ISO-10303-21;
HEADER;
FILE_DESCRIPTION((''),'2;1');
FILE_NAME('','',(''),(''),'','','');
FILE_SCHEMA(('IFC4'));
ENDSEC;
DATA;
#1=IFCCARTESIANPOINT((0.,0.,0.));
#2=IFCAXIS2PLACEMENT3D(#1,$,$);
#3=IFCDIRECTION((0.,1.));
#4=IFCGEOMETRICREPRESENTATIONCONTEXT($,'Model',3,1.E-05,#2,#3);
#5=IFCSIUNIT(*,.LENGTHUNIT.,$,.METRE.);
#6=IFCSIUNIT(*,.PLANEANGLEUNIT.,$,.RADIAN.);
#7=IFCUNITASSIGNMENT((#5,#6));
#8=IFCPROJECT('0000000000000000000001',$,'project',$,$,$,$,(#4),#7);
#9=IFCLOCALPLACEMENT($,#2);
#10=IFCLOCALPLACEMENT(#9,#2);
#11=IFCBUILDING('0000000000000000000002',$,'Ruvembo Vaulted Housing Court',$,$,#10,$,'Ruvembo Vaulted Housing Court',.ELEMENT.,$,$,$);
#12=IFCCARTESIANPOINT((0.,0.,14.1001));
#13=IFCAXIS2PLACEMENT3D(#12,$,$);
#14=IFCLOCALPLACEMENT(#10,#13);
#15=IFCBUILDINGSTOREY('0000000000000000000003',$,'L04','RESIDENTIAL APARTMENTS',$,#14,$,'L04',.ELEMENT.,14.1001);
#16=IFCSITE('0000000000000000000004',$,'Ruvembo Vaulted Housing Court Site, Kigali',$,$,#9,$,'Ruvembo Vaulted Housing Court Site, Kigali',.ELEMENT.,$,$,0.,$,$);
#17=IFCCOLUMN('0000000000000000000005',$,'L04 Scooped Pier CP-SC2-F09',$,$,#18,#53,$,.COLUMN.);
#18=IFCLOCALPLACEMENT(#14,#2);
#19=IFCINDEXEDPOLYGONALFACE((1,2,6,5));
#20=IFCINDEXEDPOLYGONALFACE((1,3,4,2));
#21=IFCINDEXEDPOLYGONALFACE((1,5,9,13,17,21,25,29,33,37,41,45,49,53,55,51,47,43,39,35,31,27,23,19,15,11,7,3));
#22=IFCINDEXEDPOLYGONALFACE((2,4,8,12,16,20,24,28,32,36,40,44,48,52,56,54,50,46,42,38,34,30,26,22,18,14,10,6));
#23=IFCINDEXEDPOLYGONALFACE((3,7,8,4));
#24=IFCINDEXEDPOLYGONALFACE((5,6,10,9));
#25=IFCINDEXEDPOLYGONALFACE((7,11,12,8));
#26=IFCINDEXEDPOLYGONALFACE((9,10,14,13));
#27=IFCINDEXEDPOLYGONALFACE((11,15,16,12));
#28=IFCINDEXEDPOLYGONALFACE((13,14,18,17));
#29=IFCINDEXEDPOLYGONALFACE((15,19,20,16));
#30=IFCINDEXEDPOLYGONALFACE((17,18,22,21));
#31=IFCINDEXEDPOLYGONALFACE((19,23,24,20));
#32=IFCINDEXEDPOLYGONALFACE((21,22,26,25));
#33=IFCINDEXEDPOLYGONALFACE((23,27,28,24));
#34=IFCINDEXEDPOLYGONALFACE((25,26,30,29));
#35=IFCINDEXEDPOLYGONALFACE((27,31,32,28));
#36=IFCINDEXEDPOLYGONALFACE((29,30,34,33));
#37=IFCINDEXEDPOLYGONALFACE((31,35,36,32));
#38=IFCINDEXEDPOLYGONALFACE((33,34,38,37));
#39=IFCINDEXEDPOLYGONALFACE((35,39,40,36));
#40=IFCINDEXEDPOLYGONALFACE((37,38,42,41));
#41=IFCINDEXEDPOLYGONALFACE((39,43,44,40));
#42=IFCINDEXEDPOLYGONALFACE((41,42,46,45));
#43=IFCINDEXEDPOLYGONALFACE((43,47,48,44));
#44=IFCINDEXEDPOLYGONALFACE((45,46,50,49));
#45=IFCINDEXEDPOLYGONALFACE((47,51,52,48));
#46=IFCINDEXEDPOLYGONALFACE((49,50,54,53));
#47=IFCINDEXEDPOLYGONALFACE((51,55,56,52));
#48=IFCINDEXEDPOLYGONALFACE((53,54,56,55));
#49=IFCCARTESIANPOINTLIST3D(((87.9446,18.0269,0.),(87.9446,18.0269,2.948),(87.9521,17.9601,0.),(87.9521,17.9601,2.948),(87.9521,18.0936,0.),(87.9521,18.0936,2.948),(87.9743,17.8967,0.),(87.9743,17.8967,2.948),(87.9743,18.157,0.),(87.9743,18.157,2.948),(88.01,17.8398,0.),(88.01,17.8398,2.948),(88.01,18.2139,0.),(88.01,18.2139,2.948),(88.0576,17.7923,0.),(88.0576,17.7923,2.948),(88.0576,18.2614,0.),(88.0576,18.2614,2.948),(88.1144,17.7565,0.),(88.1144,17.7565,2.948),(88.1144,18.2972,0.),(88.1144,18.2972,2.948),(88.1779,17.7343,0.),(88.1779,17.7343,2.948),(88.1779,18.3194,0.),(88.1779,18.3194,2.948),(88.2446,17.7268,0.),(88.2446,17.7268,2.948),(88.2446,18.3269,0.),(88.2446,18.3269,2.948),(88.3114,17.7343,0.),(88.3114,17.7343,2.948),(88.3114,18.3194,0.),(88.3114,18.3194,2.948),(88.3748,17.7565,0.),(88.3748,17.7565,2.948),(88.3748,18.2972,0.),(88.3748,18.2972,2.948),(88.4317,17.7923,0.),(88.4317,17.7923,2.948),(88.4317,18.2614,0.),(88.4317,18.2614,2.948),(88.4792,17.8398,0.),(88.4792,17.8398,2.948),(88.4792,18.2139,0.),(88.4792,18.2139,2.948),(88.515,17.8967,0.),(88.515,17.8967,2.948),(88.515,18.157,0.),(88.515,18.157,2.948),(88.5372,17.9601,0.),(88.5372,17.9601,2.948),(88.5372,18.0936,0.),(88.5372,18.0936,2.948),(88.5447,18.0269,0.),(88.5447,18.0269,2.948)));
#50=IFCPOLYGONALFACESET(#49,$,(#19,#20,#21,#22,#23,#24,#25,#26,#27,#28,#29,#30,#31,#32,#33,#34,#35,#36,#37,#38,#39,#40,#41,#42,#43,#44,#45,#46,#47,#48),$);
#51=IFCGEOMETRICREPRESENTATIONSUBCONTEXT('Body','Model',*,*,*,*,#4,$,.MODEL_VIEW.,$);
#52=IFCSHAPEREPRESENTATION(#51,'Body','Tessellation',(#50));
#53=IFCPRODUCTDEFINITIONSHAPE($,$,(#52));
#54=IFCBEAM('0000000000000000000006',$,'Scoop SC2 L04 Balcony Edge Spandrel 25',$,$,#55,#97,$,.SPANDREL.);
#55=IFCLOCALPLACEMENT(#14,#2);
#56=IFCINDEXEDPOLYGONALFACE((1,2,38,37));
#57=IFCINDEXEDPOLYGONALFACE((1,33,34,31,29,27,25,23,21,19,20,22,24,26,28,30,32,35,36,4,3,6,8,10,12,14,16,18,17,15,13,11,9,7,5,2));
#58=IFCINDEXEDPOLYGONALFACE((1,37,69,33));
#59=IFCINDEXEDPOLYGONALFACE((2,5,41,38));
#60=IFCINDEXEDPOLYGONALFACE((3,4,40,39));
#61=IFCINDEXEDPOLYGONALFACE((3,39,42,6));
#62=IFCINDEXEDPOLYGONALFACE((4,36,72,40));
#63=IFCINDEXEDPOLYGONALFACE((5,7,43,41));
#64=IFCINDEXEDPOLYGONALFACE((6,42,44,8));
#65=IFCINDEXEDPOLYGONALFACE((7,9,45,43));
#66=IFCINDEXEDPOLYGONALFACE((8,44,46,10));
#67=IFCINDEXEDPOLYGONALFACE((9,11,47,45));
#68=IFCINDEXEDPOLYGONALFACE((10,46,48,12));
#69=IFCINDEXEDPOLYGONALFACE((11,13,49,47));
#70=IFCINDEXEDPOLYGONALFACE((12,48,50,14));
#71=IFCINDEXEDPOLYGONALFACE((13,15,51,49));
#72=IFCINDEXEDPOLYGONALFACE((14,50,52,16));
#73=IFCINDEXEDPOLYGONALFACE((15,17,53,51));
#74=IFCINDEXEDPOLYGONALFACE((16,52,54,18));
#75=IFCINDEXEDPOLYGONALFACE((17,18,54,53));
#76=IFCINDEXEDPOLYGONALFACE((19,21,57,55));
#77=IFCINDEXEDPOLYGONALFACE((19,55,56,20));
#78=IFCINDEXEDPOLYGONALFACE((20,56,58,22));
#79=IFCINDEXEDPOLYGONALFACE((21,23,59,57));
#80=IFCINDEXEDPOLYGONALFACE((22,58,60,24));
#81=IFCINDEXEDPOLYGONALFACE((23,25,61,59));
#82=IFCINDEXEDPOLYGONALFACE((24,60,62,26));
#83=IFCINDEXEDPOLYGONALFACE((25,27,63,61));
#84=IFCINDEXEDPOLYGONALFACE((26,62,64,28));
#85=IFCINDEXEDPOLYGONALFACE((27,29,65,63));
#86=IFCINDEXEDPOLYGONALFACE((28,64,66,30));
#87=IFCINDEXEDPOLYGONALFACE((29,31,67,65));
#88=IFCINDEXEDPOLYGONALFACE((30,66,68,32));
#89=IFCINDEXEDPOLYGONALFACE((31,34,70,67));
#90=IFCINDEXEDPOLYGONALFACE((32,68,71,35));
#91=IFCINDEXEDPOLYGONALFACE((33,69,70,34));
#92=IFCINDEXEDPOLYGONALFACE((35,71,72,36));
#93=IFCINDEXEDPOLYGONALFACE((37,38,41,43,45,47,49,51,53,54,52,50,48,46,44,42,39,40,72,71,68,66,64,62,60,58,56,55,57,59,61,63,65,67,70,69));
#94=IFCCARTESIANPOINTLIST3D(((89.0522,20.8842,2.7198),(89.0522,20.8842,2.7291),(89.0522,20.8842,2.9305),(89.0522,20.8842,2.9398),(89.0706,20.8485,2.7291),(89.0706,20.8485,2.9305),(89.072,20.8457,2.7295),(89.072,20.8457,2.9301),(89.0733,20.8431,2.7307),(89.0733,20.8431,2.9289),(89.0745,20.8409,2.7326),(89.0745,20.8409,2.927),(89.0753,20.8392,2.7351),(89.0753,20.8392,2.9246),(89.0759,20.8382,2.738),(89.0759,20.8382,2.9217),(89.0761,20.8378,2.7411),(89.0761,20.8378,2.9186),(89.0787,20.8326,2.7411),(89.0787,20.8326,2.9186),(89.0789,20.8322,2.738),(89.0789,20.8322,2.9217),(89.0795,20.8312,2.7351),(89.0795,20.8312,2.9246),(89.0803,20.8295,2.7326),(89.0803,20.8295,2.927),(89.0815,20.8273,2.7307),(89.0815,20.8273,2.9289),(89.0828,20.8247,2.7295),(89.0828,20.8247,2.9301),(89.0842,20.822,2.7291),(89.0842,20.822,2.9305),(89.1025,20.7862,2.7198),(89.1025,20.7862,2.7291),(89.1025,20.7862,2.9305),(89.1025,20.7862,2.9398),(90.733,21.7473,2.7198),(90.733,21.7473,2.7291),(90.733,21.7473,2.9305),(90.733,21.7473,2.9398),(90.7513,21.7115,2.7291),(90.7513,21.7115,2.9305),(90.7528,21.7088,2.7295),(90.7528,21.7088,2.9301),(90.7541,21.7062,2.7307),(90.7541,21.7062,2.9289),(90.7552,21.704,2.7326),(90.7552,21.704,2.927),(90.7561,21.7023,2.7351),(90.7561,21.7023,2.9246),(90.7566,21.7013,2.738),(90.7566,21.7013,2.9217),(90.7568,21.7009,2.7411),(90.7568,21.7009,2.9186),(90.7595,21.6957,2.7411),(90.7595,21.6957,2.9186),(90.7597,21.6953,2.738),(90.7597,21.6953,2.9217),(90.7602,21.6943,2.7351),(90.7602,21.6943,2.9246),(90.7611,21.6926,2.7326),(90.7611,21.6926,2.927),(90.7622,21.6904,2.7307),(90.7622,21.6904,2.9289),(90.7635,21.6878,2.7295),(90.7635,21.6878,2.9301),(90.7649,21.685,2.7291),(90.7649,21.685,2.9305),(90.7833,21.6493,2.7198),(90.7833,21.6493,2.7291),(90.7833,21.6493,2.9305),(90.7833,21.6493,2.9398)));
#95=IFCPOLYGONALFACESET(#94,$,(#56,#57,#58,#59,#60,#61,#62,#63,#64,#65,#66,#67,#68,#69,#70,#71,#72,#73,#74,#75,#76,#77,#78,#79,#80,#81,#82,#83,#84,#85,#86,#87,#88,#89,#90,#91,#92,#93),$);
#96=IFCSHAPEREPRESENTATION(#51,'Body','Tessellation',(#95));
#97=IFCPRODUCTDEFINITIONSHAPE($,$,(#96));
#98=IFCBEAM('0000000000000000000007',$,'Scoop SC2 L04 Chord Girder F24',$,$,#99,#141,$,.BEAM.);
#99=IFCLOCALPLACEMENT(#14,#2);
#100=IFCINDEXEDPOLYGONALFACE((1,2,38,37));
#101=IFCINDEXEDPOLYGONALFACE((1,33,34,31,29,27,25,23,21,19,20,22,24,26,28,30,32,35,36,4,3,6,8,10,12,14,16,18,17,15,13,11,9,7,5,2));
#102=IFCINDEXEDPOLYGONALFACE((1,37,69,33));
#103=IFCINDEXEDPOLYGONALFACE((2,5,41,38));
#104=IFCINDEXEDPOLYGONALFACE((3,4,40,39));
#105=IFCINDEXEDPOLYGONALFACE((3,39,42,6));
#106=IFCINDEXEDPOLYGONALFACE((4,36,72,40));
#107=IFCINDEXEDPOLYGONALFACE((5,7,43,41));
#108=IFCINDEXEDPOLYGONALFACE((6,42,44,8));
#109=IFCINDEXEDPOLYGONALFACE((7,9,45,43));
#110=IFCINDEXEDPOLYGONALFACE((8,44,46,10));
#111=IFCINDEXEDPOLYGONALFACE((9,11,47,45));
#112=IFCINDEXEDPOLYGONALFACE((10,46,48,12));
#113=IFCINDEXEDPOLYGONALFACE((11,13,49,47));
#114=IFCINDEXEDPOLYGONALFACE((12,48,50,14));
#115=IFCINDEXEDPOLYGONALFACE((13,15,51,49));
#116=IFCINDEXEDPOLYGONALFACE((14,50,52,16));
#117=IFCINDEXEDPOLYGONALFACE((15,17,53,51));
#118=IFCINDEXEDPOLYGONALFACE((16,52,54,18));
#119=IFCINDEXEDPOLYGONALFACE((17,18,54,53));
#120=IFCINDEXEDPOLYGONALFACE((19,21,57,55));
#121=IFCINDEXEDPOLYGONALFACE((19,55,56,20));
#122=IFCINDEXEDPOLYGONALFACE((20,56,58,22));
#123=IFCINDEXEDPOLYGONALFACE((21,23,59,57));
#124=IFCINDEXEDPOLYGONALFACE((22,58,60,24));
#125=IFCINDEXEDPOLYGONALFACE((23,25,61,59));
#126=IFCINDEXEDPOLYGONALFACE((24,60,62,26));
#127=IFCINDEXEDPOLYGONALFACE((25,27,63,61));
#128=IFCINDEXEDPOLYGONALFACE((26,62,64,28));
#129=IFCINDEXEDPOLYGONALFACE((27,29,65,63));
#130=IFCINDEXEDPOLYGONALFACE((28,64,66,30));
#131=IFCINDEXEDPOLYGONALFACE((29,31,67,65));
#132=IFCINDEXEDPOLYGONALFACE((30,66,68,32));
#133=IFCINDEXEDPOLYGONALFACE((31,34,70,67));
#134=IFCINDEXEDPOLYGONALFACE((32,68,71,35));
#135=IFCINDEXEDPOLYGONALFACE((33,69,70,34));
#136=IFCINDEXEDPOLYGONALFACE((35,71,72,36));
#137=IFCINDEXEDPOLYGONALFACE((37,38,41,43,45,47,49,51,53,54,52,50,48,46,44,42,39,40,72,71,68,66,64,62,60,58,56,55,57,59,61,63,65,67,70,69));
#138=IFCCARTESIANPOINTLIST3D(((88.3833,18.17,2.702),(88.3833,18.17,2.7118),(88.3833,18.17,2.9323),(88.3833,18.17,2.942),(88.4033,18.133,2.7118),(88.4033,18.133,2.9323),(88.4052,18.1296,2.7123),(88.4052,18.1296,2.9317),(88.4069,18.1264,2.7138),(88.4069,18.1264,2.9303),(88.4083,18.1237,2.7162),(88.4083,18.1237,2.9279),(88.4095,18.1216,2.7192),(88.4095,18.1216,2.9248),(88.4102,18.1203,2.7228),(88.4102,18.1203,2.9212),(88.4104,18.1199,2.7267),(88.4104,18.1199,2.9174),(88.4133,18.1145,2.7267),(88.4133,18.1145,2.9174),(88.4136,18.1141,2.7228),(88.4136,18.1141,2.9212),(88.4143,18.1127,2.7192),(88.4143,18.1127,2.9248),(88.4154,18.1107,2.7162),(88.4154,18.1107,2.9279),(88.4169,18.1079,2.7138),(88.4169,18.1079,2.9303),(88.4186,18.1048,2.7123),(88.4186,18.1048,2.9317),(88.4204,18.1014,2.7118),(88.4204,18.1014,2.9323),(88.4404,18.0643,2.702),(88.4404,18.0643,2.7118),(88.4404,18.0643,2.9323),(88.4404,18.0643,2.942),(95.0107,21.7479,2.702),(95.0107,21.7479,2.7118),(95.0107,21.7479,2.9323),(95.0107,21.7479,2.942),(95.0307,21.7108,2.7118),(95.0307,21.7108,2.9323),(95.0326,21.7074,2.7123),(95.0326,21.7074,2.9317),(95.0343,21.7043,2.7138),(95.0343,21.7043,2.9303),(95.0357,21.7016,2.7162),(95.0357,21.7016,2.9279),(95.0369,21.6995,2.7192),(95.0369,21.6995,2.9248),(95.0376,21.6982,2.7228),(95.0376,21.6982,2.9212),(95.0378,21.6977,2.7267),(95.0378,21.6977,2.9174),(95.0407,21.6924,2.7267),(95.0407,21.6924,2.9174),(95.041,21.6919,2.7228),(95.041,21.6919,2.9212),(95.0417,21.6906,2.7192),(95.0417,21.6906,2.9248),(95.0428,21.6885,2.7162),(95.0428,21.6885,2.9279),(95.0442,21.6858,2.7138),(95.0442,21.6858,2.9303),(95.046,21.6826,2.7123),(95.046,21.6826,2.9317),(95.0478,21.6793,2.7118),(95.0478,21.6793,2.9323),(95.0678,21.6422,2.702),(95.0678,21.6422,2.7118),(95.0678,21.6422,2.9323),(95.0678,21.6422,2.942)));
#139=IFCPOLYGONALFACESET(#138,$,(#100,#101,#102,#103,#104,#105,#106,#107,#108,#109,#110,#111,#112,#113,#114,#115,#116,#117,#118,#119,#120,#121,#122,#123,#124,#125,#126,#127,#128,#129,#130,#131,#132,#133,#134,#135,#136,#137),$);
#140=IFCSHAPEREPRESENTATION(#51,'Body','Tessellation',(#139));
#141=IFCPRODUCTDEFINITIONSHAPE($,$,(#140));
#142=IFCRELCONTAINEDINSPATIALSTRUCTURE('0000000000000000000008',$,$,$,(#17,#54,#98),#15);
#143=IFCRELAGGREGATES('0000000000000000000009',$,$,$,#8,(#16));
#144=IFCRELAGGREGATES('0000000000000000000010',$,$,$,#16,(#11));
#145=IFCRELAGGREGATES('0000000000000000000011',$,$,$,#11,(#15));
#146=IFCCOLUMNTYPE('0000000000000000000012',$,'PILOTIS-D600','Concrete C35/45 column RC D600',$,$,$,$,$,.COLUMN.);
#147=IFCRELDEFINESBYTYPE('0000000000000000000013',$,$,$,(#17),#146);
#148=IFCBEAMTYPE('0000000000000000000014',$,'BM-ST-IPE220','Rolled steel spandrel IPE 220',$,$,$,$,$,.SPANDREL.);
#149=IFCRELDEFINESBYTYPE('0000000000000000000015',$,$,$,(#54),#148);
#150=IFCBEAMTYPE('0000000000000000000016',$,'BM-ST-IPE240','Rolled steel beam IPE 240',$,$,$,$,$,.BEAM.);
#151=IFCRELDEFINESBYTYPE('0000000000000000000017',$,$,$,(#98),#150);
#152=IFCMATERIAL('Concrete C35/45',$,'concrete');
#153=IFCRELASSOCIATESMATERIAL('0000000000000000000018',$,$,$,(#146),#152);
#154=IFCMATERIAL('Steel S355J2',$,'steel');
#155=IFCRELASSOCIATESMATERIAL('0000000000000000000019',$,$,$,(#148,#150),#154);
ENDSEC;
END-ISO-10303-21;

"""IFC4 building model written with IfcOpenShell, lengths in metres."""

from ifc_helpers import new_model, si_unit, direction, frame, origin, origin_2d, place, context, subcontext, project, spatial, circle, i_section, extrude, material, material_profile, profile_set, type_object, element, save


model = new_model("IFC4")

# Units and contexts
model_context = context("Model", 3, precision=1e-05, world=origin(), true_north=direction((0.0, 1.0)))
body_context = subcontext(model_context, "Body", "Model", "MODEL_VIEW")
ifc_project = project(units=[si_unit("LENGTHUNIT", "METRE"), si_unit("PLANEANGLEUNIT", "RADIAN")], contexts=[model_context])

# Site, building, storey
site_placement = place(None, origin())
site = spatial("IfcSite", under=ifc_project, at=site_placement, Name="Ruvembo Vaulted Housing Court Site, Kigali", LongName="Ruvembo Vaulted Housing Court Site, Kigali", CompositionType="ELEMENT", RefElevation=0.0)
building_placement = place(site_placement, origin())
building = spatial("IfcBuilding", under=site, at=building_placement, Name="Ruvembo Vaulted Housing Court", LongName="Ruvembo Vaulted Housing Court", CompositionType="ELEMENT")
storey_placement = place(building_placement, frame((0.0, 0.0, 14.1001)))
storey = spatial("IfcBuildingStorey", under=building, at=storey_placement, Name="L04", Description="RESIDENTIAL APARTMENTS", LongName="L04", CompositionType="ELEMENT", Elevation=14.1001)

# Column
ifc_material_1 = material(Name="Concrete C35/45", Category="concrete")
ifc_material_profile_1 = material_profile(ifc_material_1, circle(Radius=0.3, at=origin_2d()), Name="RC D600")
ifc_profile_set_1 = profile_set([ifc_material_profile_1], Name="Concrete C35/45")
column_type = type_object("IfcColumnType", Name="PILOTIS-D600", Description="Concrete C35/45 column RC D600", PredefinedType="COLUMN", material=ifc_profile_set_1)
column_placement = place(storey_placement, frame((88.2446, 18.0269, 0.0), z_axis=(0.0, 0.0, 1.0), x_axis=(1.0, 0.0, 0.0)))
element("IfcColumn", 1, at=column_placement, inside=storey, type_object=column_type, Name="L04 Scooped Pier CP-SC2-F09", PredefinedType="COLUMN", context=body_context, shape_type="SweptSolid", body=[
    extrude(circle(Radius=0.3, at=origin_2d()), origin(), (0.0, 0.0, 1.0), 2.948),
])

# Beams
ifc_material_2 = material(Name="Steel S355J2", Category="steel")
ifc_material_profile_2 = material_profile(ifc_material_2, i_section(OverallWidth=0.1101, OverallDepth=0.22, WebThickness=0.0059, FlangeThickness=0.0093, FilletRadius=0.012, at=origin_2d()), Name="IPE 220")
ifc_profile_set_2 = profile_set([ifc_material_profile_2], Name="Steel S355J2")
beam_type_1 = type_object("IfcBeamType", Name="BM-ST-IPE220", Description="Rolled steel spandrel IPE 220", PredefinedType="SPANDREL", material=ifc_profile_set_2)
beam_1_placement = place(storey_placement, frame((89.0774, 20.8352, 2.8298), z_axis=(0.889568, 0.456802, 0.0), x_axis=(-0.456802, 0.889568, 0.0)))
element("IfcBeam", 2, at=beam_1_placement, inside=storey, type_object=beam_type_1, Name="Scoop SC2 L04 Balcony Edge Spandrel 25", PredefinedType="SPANDREL", context=body_context, shape_type="SweptSolid", body=[
    extrude(i_section(OverallWidth=0.1101, OverallDepth=0.22, WebThickness=0.0059, FlangeThickness=0.0093, FilletRadius=0.012, at=origin_2d()), origin(), (0.0, 0.0, 1.0), 1.8894),
])
ifc_material_profile_3 = material_profile(ifc_material_2, i_section(OverallWidth=0.1201, OverallDepth=0.24, WebThickness=0.0061, FlangeThickness=0.0098, FilletRadius=0.0149, at=origin_2d()), Name="IPE 240")
ifc_profile_set_3 = profile_set([ifc_material_profile_3], Name="Steel S355J2")
beam_type_2 = type_object("IfcBeamType", Name="BM-ST-IPE240", Description="Rolled steel beam IPE 240", PredefinedType="BEAM", material=ifc_profile_set_3)
beam_2_placement = place(storey_placement, frame((88.4119, 18.1172, 2.822), z_axis=(0.879957, 0.475053, 0.0), x_axis=(-0.475053, 0.879957, 0.0)))
element("IfcBeam", 3, at=beam_2_placement, inside=storey, type_object=beam_type_2, Name="Scoop SC2 L04 Chord Girder F24", PredefinedType="BEAM", context=body_context, shape_type="SweptSolid", body=[
    extrude(i_section(OverallWidth=0.1201, OverallDepth=0.24, WebThickness=0.0061, FlangeThickness=0.0098, FilletRadius=0.0149, at=origin_2d()), origin(), (0.0, 0.0, 1.0), 7.5315),
])

save(model, "model.ifc")
